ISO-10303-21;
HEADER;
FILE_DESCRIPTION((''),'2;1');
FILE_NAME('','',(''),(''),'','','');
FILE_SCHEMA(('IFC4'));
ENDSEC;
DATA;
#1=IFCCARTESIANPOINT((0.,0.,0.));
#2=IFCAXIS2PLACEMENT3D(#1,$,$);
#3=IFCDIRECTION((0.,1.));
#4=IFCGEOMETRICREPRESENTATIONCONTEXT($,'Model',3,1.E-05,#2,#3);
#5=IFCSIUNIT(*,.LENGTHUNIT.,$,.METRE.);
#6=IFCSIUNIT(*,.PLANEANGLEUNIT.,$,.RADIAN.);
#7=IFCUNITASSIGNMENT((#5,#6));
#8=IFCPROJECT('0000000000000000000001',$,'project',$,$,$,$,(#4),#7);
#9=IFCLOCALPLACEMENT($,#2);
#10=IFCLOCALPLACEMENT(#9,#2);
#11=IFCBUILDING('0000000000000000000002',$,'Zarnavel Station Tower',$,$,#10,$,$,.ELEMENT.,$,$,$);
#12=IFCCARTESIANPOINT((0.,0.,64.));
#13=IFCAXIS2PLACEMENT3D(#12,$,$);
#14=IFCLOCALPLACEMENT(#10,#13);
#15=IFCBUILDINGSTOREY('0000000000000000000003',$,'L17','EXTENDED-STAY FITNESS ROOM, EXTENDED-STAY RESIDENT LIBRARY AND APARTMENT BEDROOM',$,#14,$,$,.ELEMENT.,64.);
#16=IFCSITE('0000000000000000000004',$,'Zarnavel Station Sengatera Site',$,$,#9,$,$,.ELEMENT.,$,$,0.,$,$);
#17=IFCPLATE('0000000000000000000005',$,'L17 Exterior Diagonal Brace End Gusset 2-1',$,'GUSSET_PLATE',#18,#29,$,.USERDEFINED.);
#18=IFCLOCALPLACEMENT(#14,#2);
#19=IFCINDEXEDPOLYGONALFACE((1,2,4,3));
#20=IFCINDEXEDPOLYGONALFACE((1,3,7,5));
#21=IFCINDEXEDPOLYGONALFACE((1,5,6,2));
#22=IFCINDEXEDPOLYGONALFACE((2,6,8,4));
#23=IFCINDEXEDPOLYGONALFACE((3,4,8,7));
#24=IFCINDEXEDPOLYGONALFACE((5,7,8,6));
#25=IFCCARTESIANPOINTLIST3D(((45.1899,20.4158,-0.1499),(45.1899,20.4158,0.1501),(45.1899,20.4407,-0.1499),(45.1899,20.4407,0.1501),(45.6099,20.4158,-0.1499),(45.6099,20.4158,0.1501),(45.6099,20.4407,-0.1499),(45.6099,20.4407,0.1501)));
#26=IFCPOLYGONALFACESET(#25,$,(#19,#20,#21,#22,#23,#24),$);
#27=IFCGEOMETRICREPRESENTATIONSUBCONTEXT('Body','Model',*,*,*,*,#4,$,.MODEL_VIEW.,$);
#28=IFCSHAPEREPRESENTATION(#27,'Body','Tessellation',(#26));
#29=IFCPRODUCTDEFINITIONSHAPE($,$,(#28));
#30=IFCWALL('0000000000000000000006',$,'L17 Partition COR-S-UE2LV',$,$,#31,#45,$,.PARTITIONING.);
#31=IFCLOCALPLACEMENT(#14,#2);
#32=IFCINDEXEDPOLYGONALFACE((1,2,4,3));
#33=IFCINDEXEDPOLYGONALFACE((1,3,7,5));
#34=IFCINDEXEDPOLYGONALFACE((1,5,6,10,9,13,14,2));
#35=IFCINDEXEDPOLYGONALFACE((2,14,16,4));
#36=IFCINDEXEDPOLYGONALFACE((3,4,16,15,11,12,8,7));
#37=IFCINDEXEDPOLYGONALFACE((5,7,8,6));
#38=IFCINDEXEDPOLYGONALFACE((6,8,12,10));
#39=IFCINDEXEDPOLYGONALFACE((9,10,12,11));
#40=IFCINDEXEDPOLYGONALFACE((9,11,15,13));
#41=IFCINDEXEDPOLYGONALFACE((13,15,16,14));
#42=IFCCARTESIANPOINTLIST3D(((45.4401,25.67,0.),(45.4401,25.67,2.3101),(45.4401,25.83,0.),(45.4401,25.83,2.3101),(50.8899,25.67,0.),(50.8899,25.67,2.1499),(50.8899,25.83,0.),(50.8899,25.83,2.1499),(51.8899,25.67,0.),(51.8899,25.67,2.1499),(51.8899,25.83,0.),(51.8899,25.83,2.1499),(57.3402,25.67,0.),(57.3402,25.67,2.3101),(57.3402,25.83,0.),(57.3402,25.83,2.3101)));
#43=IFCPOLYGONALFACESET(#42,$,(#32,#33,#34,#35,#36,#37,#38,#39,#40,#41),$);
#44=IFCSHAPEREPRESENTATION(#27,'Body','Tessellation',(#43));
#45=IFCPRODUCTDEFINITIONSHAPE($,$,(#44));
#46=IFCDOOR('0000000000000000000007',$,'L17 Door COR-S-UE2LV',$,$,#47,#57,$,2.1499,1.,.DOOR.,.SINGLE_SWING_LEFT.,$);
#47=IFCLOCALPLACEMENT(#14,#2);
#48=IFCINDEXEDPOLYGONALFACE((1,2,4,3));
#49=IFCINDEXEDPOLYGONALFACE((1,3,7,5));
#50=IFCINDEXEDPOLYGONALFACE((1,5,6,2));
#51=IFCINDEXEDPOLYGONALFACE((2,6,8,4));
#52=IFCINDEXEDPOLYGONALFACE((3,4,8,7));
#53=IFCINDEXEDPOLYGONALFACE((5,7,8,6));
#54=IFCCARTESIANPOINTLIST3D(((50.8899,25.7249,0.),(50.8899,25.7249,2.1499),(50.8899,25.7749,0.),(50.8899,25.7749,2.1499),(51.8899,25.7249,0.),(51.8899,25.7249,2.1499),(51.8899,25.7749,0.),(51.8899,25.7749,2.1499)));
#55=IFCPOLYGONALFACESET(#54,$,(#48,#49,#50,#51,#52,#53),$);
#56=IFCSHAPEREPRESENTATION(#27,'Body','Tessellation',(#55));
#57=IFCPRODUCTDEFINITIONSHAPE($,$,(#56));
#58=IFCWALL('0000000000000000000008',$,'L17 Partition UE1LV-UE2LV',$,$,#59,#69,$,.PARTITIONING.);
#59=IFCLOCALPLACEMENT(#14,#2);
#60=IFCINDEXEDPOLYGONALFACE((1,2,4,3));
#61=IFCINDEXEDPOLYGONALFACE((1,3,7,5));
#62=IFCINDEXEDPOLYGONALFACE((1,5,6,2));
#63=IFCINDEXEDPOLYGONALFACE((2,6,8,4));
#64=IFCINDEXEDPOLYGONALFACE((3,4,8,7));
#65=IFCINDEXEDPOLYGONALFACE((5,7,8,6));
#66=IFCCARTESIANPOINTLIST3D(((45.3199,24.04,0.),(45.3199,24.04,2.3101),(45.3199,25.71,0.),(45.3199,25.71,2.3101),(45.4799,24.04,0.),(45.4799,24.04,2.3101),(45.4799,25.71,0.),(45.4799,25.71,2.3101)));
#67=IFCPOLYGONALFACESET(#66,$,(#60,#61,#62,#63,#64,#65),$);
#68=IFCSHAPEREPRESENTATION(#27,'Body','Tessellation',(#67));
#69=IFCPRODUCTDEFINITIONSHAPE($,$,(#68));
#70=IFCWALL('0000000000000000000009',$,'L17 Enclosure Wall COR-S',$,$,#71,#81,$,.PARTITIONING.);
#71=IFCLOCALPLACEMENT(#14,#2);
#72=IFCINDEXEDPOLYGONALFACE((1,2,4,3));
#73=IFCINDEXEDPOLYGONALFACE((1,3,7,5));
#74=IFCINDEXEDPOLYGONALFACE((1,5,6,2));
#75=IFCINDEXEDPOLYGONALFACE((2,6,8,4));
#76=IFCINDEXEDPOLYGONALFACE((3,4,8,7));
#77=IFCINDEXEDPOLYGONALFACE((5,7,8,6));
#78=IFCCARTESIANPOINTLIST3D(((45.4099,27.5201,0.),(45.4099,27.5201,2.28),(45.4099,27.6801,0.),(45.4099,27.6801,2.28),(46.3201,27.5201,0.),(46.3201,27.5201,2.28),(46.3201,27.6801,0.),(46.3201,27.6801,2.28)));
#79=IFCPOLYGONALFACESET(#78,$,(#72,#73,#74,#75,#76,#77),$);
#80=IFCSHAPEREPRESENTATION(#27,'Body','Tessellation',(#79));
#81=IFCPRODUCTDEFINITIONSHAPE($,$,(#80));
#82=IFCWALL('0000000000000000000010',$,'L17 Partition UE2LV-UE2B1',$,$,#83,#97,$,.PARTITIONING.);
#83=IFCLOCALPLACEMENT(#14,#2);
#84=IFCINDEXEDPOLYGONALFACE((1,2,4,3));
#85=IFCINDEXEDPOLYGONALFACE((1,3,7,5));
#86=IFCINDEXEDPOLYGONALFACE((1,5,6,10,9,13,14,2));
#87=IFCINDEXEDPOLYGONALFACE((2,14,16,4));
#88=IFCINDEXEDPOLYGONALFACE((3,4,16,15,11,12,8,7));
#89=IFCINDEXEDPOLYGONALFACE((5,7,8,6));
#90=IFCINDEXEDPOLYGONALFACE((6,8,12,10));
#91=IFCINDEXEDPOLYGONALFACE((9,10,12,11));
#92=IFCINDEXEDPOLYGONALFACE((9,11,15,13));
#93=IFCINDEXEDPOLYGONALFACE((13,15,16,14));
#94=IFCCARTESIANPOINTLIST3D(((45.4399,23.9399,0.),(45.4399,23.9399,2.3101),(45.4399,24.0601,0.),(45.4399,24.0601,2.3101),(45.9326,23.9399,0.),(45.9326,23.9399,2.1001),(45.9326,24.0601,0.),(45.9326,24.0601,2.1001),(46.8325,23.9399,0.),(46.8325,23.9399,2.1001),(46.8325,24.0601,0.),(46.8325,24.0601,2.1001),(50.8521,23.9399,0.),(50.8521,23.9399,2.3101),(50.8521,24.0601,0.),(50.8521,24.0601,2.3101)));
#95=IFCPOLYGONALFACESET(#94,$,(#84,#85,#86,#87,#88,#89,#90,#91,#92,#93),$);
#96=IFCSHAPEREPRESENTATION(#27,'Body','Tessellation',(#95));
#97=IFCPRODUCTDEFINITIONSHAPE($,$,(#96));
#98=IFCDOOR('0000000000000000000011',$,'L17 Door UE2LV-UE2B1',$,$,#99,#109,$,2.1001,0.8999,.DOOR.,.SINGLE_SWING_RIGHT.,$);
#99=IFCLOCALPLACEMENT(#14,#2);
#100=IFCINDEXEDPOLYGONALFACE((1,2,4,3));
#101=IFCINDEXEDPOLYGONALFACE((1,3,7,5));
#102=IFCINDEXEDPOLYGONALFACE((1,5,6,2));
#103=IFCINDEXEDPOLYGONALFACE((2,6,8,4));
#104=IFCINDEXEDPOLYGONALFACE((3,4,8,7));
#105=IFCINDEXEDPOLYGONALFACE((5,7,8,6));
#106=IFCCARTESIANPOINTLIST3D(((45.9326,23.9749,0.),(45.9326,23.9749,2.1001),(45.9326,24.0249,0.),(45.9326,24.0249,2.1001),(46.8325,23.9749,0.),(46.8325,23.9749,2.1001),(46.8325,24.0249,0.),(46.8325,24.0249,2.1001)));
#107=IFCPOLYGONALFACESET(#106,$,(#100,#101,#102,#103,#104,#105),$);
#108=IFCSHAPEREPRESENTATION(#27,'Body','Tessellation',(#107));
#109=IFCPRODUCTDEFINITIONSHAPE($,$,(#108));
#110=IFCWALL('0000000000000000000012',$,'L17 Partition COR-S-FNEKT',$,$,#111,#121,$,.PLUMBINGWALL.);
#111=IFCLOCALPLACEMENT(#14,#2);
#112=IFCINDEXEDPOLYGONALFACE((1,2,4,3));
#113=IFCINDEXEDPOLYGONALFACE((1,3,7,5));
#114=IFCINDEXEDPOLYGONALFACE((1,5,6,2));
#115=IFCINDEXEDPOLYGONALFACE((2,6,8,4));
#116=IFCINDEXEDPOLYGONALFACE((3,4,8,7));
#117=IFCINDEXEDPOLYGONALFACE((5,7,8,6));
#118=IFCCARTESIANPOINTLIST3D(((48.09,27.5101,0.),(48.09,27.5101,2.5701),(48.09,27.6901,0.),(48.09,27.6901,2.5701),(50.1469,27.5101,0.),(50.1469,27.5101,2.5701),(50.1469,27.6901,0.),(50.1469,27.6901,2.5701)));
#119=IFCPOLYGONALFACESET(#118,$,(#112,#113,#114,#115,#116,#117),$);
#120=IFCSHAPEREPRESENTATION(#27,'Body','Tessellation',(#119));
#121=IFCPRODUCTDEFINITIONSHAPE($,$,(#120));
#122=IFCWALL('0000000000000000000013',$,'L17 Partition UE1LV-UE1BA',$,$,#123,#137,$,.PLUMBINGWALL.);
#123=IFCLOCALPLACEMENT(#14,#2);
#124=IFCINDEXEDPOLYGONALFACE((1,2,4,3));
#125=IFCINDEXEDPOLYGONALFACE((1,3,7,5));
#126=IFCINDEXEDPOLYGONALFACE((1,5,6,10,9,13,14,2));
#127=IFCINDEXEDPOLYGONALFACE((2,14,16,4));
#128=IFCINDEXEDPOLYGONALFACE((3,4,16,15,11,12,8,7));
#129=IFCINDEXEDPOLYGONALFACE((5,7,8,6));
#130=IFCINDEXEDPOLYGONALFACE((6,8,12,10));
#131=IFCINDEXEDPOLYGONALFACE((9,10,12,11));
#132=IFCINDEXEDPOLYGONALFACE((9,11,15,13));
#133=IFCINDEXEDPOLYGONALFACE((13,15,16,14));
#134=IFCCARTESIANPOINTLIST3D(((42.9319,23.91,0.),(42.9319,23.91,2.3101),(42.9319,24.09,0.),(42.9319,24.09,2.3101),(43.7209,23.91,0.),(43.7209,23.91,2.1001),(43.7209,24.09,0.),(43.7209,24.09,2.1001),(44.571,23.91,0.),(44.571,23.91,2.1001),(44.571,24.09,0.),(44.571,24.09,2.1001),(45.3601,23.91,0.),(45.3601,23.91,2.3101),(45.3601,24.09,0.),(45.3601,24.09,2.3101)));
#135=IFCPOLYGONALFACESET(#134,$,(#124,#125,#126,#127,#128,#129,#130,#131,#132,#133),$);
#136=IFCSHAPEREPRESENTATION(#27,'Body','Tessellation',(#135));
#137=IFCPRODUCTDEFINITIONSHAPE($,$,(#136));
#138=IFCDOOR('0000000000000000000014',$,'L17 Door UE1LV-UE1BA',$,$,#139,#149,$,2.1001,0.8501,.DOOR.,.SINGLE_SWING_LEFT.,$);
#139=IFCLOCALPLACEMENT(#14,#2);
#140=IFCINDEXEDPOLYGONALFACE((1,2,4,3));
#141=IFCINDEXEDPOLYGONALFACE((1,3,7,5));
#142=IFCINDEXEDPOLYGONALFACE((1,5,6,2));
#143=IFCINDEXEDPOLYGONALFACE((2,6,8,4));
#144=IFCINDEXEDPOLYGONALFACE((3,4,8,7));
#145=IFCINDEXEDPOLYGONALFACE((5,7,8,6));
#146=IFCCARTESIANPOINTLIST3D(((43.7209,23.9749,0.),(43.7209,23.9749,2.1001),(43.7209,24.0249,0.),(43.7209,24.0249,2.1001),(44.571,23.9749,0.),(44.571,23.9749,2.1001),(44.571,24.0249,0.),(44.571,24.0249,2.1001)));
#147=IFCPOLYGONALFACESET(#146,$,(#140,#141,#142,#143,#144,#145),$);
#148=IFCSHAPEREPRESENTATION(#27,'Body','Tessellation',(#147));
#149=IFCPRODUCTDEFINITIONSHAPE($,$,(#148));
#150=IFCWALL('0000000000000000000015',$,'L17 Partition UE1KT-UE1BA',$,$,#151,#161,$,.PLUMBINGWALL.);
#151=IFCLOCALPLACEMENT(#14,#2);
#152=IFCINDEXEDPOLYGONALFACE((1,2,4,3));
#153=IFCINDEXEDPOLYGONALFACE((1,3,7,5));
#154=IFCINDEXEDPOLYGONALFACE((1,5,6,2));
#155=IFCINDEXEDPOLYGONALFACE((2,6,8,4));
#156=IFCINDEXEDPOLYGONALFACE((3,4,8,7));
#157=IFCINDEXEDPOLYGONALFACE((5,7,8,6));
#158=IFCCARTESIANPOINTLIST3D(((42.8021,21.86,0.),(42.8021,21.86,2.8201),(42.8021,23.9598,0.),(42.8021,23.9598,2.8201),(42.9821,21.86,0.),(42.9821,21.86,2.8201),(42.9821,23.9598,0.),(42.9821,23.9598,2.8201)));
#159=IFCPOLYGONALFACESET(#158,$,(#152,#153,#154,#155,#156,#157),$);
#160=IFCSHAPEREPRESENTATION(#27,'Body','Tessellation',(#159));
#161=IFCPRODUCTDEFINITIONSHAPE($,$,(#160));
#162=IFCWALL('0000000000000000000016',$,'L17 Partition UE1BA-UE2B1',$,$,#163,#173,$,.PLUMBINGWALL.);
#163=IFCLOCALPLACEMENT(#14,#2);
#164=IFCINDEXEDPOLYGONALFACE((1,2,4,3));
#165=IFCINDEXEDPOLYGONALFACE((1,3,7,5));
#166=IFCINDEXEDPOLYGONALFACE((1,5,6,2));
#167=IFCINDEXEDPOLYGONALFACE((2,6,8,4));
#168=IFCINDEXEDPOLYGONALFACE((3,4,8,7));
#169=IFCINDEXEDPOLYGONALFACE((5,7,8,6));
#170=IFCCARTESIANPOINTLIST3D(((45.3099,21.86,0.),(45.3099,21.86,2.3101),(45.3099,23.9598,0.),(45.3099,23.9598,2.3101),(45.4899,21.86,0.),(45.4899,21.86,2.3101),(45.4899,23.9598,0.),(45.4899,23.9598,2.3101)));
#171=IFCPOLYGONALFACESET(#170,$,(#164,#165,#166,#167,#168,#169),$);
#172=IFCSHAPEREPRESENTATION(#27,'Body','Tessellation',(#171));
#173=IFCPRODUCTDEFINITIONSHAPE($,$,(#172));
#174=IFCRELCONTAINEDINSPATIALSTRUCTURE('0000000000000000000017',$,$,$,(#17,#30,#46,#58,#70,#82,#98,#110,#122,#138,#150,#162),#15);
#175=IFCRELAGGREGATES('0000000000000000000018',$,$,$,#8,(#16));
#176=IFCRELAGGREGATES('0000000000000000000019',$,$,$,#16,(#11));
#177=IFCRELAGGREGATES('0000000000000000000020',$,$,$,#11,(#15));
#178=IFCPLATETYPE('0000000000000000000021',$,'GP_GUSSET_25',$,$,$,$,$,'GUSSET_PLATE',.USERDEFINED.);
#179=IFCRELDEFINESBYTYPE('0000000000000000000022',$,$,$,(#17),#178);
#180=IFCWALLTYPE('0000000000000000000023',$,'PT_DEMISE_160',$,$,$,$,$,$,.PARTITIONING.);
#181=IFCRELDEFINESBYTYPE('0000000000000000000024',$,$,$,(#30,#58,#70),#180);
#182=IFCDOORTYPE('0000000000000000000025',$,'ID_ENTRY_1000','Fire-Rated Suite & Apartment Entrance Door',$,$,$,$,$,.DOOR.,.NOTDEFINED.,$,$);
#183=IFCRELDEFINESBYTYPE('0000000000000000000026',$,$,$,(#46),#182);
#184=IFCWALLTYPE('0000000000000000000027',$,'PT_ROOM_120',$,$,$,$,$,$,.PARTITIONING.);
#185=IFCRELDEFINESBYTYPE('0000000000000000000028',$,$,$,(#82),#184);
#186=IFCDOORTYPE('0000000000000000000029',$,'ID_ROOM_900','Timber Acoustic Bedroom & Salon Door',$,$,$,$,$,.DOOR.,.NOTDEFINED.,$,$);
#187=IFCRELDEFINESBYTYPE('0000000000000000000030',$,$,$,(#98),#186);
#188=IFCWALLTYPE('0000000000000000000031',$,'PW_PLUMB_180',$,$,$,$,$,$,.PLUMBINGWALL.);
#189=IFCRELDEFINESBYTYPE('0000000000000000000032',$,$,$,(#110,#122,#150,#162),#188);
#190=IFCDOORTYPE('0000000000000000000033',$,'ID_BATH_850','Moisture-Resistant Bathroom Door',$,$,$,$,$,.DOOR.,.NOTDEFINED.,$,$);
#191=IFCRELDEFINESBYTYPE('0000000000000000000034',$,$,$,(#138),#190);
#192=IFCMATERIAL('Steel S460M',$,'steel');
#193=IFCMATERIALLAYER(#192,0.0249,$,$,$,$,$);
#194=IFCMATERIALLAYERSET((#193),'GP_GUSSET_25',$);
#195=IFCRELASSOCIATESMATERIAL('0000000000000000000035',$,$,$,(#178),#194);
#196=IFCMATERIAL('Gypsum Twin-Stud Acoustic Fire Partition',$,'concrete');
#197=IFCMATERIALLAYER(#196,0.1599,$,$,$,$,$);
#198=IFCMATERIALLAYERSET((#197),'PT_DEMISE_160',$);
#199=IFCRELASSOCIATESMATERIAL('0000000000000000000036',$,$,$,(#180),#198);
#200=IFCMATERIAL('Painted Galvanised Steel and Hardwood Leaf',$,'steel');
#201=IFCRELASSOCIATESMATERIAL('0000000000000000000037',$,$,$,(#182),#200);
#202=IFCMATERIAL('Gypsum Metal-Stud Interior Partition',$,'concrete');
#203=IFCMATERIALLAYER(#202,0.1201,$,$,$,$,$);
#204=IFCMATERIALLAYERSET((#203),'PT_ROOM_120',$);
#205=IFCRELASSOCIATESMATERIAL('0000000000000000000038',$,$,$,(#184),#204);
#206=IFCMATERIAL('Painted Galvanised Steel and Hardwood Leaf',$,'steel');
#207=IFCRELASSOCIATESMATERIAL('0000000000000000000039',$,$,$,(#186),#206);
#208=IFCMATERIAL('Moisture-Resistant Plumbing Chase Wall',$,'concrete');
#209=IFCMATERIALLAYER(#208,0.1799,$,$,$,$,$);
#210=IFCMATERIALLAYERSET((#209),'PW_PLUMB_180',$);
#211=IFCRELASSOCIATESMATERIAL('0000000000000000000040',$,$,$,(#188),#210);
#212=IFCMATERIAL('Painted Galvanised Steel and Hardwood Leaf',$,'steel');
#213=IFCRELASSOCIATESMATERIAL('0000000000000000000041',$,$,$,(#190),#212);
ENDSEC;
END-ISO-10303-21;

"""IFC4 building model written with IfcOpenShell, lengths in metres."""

from ifc_helpers import new_model, si_unit, direction, frame, frame_2d, origin, origin_2d, place, context, subcontext, project, spatial, rectangle, extrude, material, layer, layer_set, type_object, element, fill, save


model = new_model("IFC4")

# Units and contexts
model_context = context("Model", 3, precision=1e-05, world=origin(), true_north=direction((0.0, 1.0)))
body_context = subcontext(model_context, "Body", "Model", "MODEL_VIEW")
ifc_project = project(units=[si_unit("LENGTHUNIT", "METRE"), si_unit("PLANEANGLEUNIT", "RADIAN")], contexts=[model_context])

# Site, building, storey
site_placement = place(None, origin())
site = spatial("IfcSite", under=ifc_project, at=site_placement, Name="Zarnavel Station Sengatera Site", CompositionType="ELEMENT", RefElevation=0.0)
building_placement = place(site_placement, origin())
building = spatial("IfcBuilding", under=site, at=building_placement, Name="Zarnavel Station Tower", CompositionType="ELEMENT")
storey_placement = place(building_placement, frame((0.0, 0.0, 64.0)))
storey = spatial("IfcBuildingStorey", under=building, at=storey_placement, Name="L17", Description="EXTENDED-STAY FITNESS ROOM, EXTENDED-STAY RESIDENT LIBRARY AND APARTMENT BEDROOM", CompositionType="ELEMENT", Elevation=64.0)

# Plate
ifc_material_1 = material(Name="Steel S460M", Category="steel")
ifc_layer_1 = layer(ifc_material_1, 0.0249)
ifc_layer_set_1 = layer_set([ifc_layer_1], Name="GP_GUSSET_25")
plate_type = type_object("IfcPlateType", Name="GP_GUSSET_25", ElementType="GUSSET_PLATE", PredefinedType="USERDEFINED", material=ifc_layer_set_1)
plate_placement = place(storey_placement, frame((45.3999, 20.4282, -0.1499), z_axis=(0.0, 0.0, 1.0), x_axis=(1.0, 0.0, 0.0)))
element("IfcPlate", 1, at=plate_placement, inside=storey, type_object=plate_type, Name="L17 Exterior Diagonal Brace End Gusset 2-1", ObjectType="GUSSET_PLATE", PredefinedType="USERDEFINED", context=body_context, shape_type="SweptSolid", body=[
    extrude(rectangle(XDim=0.4199, YDim=0.0249, at=origin_2d()), origin(), (0.0, 0.0, 1.0), 0.3),
])

# Wall, opening, door
ifc_material_2 = material(Name="Gypsum Twin-Stud Acoustic Fire Partition", Category="concrete")
ifc_layer_2 = layer(ifc_material_2, 0.1599)
ifc_layer_set_2 = layer_set([ifc_layer_2], Name="PT_DEMISE_160")
wall_type_1 = type_object("IfcWallType", Name="PT_DEMISE_160", PredefinedType="PARTITIONING", material=ifc_layer_set_2)
wall_1_placement = place(storey_placement, frame((45.4399, 25.75, 0.0), z_axis=(0.0, 0.0, 1.0), x_axis=(1.0, 0.0, 0.0)))
wall_1 = element("IfcWall", 2, at=wall_1_placement, inside=storey, type_object=wall_type_1, Name="L17 Partition COR-S-UE2LV", PredefinedType="PARTITIONING", context=body_context, shape_type="SweptSolid", body=[
    extrude(rectangle(XDim=11.9001, YDim=0.1599, at=frame_2d((5.9502, 0.0))), origin(), (0.0, 0.0, 1.0), 2.3101),
])
opening_1_placement = place(wall_1_placement, frame((5.45, 0.0, 0.0)))
opening_1 = element("IfcOpeningElement", 3, at=opening_1_placement, cuts=wall_1, PredefinedType="OPENING", context=body_context, shape_type="SweptSolid", body=[
    extrude(rectangle(XDim=1.0, YDim=2.1499, at=frame_2d((0.5, 1.075))), frame((0.0, 0.0898, 0.0), z_axis=(0.0, -1.0, 0.0), x_axis=(1.0, 0.0, 0.0)), (0.0, 0.0, 1.0), 0.1799),
])
ifc_material_3 = material(Name="Painted Galvanised Steel and Hardwood Leaf", Category="steel")
door_type_1 = type_object("IfcDoorType", Name="ID_ENTRY_1000", Description="Fire-Rated Suite & Apartment Entrance Door", OperationType="NOTDEFINED", PredefinedType="DOOR", material=ifc_material_3)
door_1_placement = place(opening_1_placement, origin())
door_1 = element("IfcDoor", 4, at=door_1_placement, inside=storey, type_object=door_type_1, Name="L17 Door COR-S-UE2LV", OperationType="SINGLE_SWING_LEFT", OverallHeight=2.1499, OverallWidth=1.0, PredefinedType="DOOR", context=body_context, shape_type="SweptSolid", body=[
    extrude(rectangle(XDim=1.0, YDim=2.1499, at=frame_2d((0.5, 1.075))), frame((0.0, 0.0249, 0.0), z_axis=(0.0, -1.0, 0.0), x_axis=(1.0, 0.0, 0.0)), (0.0, 0.0, 1.0), 0.05),
])
fill(opening_1, door_1)

# Walls
wall_2_placement = place(storey_placement, frame((45.3999, 24.04, 0.0), z_axis=(0.0, 0.0, 1.0), x_axis=(0.0, 1.0, 0.0)))
element("IfcWall", 5, at=wall_2_placement, inside=storey, type_object=wall_type_1, Name="L17 Partition UE1LV-UE2LV", PredefinedType="PARTITIONING", context=body_context, shape_type="SweptSolid", body=[
    extrude(rectangle(XDim=1.6699, YDim=0.1599, at=frame_2d((0.835, 0.0))), origin(), (0.0, 0.0, 1.0), 2.3101),
])
wall_3_placement = place(storey_placement, frame((45.4099, 27.6001, 0.0), z_axis=(0.0, 0.0, 1.0), x_axis=(1.0, 0.0, 0.0)))
element("IfcWall", 6, at=wall_3_placement, inside=storey, type_object=wall_type_1, Name="L17 Enclosure Wall COR-S", PredefinedType="PARTITIONING", context=body_context, shape_type="SweptSolid", body=[
    extrude(rectangle(XDim=0.9102, YDim=0.1599, at=frame_2d((0.4551, 0.0))), origin(), (0.0, 0.0, 1.0), 2.28),
])

# Wall, opening, door
ifc_material_4 = material(Name="Gypsum Metal-Stud Interior Partition", Category="concrete")
ifc_layer_3 = layer(ifc_material_4, 0.1201)
ifc_layer_set_3 = layer_set([ifc_layer_3], Name="PT_ROOM_120")
wall_type_2 = type_object("IfcWallType", Name="PT_ROOM_120", PredefinedType="PARTITIONING", material=ifc_layer_set_3)
wall_4_placement = place(storey_placement, frame((45.4399, 24.0, 0.0), z_axis=(0.0, 0.0, 1.0), x_axis=(1.0, 0.0, 0.0)))
wall_4 = element("IfcWall", 7, at=wall_4_placement, inside=storey, type_object=wall_type_2, Name="L17 Partition UE2LV-UE2B1", PredefinedType="PARTITIONING", context=body_context, shape_type="SweptSolid", body=[
    extrude(rectangle(XDim=5.4121, YDim=0.1201, at=frame_2d((2.7061, 0.0))), origin(), (0.0, 0.0, 1.0), 2.3101),
])
opening_2_placement = place(wall_4_placement, frame((0.4927, 0.0, 0.0)))
opening_2 = element("IfcOpeningElement", 8, at=opening_2_placement, cuts=wall_4, PredefinedType="OPENING", context=body_context, shape_type="SweptSolid", body=[
    extrude(rectangle(XDim=0.8999, YDim=2.1001, at=frame_2d((0.45, 1.05))), frame((0.0, 0.0701, 0.0), z_axis=(0.0, -1.0, 0.0), x_axis=(1.0, 0.0, 0.0)), (0.0, 0.0, 1.0), 0.1401),
])
ifc_material_5 = material(Name="Painted Galvanised Steel and Hardwood Leaf", Category="steel")
door_type_2 = type_object("IfcDoorType", Name="ID_ROOM_900", Description="Timber Acoustic Bedroom & Salon Door", OperationType="NOTDEFINED", PredefinedType="DOOR", material=ifc_material_5)
door_2_placement = place(opening_2_placement, origin())
door_2 = element("IfcDoor", 9, at=door_2_placement, inside=storey, type_object=door_type_2, Name="L17 Door UE2LV-UE2B1", OperationType="SINGLE_SWING_RIGHT", OverallHeight=2.1001, OverallWidth=0.8999, PredefinedType="DOOR", context=body_context, shape_type="SweptSolid", body=[
    extrude(rectangle(XDim=0.8999, YDim=2.1001, at=frame_2d((0.45, 1.05))), frame((0.0, 0.0249, 0.0), z_axis=(0.0, -1.0, 0.0), x_axis=(1.0, 0.0, 0.0)), (0.0, 0.0, 1.0), 0.05),
])
fill(opening_2, door_2)

# Wall
ifc_material_6 = material(Name="Moisture-Resistant Plumbing Chase Wall", Category="concrete")
ifc_layer_4 = layer(ifc_material_6, 0.1799)
ifc_layer_set_4 = layer_set([ifc_layer_4], Name="PW_PLUMB_180")
wall_type_3 = type_object("IfcWallType", Name="PW_PLUMB_180", PredefinedType="PLUMBINGWALL", material=ifc_layer_set_4)
wall_5_placement = place(storey_placement, frame((48.0901, 27.6001, 0.0), z_axis=(0.0, 0.0, 1.0), x_axis=(1.0, 0.0, 0.0)))
element("IfcWall", 10, at=wall_5_placement, inside=storey, type_object=wall_type_3, Name="L17 Partition COR-S-FNEKT", PredefinedType="PLUMBINGWALL", context=body_context, shape_type="SweptSolid", body=[
    extrude(rectangle(XDim=2.0569, YDim=0.1799, at=frame_2d((1.0283, 0.0))), origin(), (0.0, 0.0, 1.0), 2.5701),
])

# Wall, opening, door
wall_6_placement = place(storey_placement, frame((42.9319, 24.0, 0.0), z_axis=(0.0, 0.0, 1.0), x_axis=(1.0, 0.0, 0.0)))
wall_6 = element("IfcWall", 11, at=wall_6_placement, inside=storey, type_object=wall_type_3, Name="L17 Partition UE1LV-UE1BA", PredefinedType="PLUMBINGWALL", context=body_context, shape_type="SweptSolid", body=[
    extrude(rectangle(XDim=2.4282, YDim=0.1799, at=frame_2d((1.2141, 0.0))), origin(), (0.0, 0.0, 1.0), 2.3101),
])
opening_3_placement = place(wall_6_placement, frame((0.7891, 0.0, 0.0)))
opening_3 = element("IfcOpeningElement", 12, at=opening_3_placement, cuts=wall_6, PredefinedType="OPENING", context=body_context, shape_type="SweptSolid", body=[
    extrude(rectangle(XDim=0.8501, YDim=2.1001, at=frame_2d((0.425, 1.05))), frame((0.0, 0.0999, 0.0), z_axis=(0.0, -1.0, 0.0), x_axis=(1.0, 0.0, 0.0)), (0.0, 0.0, 1.0), 0.2),
])
ifc_material_7 = material(Name="Painted Galvanised Steel and Hardwood Leaf", Category="steel")
door_type_3 = type_object("IfcDoorType", Name="ID_BATH_850", Description="Moisture-Resistant Bathroom Door", OperationType="NOTDEFINED", PredefinedType="DOOR", material=ifc_material_7)
door_3_placement = place(opening_3_placement, origin())
door_3 = element("IfcDoor", 13, at=door_3_placement, inside=storey, type_object=door_type_3, Name="L17 Door UE1LV-UE1BA", OperationType="SINGLE_SWING_LEFT", OverallHeight=2.1001, OverallWidth=0.8501, PredefinedType="DOOR", context=body_context, shape_type="SweptSolid", body=[
    extrude(rectangle(XDim=0.8501, YDim=2.1001, at=frame_2d((0.425, 1.05))), frame((0.0, 0.0249, 0.0), z_axis=(0.0, -1.0, 0.0), x_axis=(1.0, 0.0, 0.0)), (0.0, 0.0, 1.0), 0.05),
])
fill(opening_3, door_3)

# Walls
wall_7_placement = place(storey_placement, frame((42.8921, 21.8601, 0.0), z_axis=(0.0, 0.0, 1.0), x_axis=(0.0, 1.0, 0.0)))
element("IfcWall", 14, at=wall_7_placement, inside=storey, type_object=wall_type_3, Name="L17 Partition UE1KT-UE1BA", PredefinedType="PLUMBINGWALL", context=body_context, shape_type="SweptSolid", body=[
    extrude(rectangle(XDim=2.0999, YDim=0.1799, at=frame_2d((1.0498, 0.0))), origin(), (0.0, 0.0, 1.0), 2.8201),
])
wall_8_placement = place(storey_placement, frame((45.3999, 21.8601, 0.0), z_axis=(0.0, 0.0, 1.0), x_axis=(0.0, 1.0, 0.0)))
element("IfcWall", 15, at=wall_8_placement, inside=storey, type_object=wall_type_3, Name="L17 Partition UE1BA-UE2B1", PredefinedType="PLUMBINGWALL", context=body_context, shape_type="SweptSolid", body=[
    extrude(rectangle(XDim=2.0999, YDim=0.1799, at=frame_2d((1.0498, 0.0))), origin(), (0.0, 0.0, 1.0), 2.3101),
])

save(model, "model.ifc")
